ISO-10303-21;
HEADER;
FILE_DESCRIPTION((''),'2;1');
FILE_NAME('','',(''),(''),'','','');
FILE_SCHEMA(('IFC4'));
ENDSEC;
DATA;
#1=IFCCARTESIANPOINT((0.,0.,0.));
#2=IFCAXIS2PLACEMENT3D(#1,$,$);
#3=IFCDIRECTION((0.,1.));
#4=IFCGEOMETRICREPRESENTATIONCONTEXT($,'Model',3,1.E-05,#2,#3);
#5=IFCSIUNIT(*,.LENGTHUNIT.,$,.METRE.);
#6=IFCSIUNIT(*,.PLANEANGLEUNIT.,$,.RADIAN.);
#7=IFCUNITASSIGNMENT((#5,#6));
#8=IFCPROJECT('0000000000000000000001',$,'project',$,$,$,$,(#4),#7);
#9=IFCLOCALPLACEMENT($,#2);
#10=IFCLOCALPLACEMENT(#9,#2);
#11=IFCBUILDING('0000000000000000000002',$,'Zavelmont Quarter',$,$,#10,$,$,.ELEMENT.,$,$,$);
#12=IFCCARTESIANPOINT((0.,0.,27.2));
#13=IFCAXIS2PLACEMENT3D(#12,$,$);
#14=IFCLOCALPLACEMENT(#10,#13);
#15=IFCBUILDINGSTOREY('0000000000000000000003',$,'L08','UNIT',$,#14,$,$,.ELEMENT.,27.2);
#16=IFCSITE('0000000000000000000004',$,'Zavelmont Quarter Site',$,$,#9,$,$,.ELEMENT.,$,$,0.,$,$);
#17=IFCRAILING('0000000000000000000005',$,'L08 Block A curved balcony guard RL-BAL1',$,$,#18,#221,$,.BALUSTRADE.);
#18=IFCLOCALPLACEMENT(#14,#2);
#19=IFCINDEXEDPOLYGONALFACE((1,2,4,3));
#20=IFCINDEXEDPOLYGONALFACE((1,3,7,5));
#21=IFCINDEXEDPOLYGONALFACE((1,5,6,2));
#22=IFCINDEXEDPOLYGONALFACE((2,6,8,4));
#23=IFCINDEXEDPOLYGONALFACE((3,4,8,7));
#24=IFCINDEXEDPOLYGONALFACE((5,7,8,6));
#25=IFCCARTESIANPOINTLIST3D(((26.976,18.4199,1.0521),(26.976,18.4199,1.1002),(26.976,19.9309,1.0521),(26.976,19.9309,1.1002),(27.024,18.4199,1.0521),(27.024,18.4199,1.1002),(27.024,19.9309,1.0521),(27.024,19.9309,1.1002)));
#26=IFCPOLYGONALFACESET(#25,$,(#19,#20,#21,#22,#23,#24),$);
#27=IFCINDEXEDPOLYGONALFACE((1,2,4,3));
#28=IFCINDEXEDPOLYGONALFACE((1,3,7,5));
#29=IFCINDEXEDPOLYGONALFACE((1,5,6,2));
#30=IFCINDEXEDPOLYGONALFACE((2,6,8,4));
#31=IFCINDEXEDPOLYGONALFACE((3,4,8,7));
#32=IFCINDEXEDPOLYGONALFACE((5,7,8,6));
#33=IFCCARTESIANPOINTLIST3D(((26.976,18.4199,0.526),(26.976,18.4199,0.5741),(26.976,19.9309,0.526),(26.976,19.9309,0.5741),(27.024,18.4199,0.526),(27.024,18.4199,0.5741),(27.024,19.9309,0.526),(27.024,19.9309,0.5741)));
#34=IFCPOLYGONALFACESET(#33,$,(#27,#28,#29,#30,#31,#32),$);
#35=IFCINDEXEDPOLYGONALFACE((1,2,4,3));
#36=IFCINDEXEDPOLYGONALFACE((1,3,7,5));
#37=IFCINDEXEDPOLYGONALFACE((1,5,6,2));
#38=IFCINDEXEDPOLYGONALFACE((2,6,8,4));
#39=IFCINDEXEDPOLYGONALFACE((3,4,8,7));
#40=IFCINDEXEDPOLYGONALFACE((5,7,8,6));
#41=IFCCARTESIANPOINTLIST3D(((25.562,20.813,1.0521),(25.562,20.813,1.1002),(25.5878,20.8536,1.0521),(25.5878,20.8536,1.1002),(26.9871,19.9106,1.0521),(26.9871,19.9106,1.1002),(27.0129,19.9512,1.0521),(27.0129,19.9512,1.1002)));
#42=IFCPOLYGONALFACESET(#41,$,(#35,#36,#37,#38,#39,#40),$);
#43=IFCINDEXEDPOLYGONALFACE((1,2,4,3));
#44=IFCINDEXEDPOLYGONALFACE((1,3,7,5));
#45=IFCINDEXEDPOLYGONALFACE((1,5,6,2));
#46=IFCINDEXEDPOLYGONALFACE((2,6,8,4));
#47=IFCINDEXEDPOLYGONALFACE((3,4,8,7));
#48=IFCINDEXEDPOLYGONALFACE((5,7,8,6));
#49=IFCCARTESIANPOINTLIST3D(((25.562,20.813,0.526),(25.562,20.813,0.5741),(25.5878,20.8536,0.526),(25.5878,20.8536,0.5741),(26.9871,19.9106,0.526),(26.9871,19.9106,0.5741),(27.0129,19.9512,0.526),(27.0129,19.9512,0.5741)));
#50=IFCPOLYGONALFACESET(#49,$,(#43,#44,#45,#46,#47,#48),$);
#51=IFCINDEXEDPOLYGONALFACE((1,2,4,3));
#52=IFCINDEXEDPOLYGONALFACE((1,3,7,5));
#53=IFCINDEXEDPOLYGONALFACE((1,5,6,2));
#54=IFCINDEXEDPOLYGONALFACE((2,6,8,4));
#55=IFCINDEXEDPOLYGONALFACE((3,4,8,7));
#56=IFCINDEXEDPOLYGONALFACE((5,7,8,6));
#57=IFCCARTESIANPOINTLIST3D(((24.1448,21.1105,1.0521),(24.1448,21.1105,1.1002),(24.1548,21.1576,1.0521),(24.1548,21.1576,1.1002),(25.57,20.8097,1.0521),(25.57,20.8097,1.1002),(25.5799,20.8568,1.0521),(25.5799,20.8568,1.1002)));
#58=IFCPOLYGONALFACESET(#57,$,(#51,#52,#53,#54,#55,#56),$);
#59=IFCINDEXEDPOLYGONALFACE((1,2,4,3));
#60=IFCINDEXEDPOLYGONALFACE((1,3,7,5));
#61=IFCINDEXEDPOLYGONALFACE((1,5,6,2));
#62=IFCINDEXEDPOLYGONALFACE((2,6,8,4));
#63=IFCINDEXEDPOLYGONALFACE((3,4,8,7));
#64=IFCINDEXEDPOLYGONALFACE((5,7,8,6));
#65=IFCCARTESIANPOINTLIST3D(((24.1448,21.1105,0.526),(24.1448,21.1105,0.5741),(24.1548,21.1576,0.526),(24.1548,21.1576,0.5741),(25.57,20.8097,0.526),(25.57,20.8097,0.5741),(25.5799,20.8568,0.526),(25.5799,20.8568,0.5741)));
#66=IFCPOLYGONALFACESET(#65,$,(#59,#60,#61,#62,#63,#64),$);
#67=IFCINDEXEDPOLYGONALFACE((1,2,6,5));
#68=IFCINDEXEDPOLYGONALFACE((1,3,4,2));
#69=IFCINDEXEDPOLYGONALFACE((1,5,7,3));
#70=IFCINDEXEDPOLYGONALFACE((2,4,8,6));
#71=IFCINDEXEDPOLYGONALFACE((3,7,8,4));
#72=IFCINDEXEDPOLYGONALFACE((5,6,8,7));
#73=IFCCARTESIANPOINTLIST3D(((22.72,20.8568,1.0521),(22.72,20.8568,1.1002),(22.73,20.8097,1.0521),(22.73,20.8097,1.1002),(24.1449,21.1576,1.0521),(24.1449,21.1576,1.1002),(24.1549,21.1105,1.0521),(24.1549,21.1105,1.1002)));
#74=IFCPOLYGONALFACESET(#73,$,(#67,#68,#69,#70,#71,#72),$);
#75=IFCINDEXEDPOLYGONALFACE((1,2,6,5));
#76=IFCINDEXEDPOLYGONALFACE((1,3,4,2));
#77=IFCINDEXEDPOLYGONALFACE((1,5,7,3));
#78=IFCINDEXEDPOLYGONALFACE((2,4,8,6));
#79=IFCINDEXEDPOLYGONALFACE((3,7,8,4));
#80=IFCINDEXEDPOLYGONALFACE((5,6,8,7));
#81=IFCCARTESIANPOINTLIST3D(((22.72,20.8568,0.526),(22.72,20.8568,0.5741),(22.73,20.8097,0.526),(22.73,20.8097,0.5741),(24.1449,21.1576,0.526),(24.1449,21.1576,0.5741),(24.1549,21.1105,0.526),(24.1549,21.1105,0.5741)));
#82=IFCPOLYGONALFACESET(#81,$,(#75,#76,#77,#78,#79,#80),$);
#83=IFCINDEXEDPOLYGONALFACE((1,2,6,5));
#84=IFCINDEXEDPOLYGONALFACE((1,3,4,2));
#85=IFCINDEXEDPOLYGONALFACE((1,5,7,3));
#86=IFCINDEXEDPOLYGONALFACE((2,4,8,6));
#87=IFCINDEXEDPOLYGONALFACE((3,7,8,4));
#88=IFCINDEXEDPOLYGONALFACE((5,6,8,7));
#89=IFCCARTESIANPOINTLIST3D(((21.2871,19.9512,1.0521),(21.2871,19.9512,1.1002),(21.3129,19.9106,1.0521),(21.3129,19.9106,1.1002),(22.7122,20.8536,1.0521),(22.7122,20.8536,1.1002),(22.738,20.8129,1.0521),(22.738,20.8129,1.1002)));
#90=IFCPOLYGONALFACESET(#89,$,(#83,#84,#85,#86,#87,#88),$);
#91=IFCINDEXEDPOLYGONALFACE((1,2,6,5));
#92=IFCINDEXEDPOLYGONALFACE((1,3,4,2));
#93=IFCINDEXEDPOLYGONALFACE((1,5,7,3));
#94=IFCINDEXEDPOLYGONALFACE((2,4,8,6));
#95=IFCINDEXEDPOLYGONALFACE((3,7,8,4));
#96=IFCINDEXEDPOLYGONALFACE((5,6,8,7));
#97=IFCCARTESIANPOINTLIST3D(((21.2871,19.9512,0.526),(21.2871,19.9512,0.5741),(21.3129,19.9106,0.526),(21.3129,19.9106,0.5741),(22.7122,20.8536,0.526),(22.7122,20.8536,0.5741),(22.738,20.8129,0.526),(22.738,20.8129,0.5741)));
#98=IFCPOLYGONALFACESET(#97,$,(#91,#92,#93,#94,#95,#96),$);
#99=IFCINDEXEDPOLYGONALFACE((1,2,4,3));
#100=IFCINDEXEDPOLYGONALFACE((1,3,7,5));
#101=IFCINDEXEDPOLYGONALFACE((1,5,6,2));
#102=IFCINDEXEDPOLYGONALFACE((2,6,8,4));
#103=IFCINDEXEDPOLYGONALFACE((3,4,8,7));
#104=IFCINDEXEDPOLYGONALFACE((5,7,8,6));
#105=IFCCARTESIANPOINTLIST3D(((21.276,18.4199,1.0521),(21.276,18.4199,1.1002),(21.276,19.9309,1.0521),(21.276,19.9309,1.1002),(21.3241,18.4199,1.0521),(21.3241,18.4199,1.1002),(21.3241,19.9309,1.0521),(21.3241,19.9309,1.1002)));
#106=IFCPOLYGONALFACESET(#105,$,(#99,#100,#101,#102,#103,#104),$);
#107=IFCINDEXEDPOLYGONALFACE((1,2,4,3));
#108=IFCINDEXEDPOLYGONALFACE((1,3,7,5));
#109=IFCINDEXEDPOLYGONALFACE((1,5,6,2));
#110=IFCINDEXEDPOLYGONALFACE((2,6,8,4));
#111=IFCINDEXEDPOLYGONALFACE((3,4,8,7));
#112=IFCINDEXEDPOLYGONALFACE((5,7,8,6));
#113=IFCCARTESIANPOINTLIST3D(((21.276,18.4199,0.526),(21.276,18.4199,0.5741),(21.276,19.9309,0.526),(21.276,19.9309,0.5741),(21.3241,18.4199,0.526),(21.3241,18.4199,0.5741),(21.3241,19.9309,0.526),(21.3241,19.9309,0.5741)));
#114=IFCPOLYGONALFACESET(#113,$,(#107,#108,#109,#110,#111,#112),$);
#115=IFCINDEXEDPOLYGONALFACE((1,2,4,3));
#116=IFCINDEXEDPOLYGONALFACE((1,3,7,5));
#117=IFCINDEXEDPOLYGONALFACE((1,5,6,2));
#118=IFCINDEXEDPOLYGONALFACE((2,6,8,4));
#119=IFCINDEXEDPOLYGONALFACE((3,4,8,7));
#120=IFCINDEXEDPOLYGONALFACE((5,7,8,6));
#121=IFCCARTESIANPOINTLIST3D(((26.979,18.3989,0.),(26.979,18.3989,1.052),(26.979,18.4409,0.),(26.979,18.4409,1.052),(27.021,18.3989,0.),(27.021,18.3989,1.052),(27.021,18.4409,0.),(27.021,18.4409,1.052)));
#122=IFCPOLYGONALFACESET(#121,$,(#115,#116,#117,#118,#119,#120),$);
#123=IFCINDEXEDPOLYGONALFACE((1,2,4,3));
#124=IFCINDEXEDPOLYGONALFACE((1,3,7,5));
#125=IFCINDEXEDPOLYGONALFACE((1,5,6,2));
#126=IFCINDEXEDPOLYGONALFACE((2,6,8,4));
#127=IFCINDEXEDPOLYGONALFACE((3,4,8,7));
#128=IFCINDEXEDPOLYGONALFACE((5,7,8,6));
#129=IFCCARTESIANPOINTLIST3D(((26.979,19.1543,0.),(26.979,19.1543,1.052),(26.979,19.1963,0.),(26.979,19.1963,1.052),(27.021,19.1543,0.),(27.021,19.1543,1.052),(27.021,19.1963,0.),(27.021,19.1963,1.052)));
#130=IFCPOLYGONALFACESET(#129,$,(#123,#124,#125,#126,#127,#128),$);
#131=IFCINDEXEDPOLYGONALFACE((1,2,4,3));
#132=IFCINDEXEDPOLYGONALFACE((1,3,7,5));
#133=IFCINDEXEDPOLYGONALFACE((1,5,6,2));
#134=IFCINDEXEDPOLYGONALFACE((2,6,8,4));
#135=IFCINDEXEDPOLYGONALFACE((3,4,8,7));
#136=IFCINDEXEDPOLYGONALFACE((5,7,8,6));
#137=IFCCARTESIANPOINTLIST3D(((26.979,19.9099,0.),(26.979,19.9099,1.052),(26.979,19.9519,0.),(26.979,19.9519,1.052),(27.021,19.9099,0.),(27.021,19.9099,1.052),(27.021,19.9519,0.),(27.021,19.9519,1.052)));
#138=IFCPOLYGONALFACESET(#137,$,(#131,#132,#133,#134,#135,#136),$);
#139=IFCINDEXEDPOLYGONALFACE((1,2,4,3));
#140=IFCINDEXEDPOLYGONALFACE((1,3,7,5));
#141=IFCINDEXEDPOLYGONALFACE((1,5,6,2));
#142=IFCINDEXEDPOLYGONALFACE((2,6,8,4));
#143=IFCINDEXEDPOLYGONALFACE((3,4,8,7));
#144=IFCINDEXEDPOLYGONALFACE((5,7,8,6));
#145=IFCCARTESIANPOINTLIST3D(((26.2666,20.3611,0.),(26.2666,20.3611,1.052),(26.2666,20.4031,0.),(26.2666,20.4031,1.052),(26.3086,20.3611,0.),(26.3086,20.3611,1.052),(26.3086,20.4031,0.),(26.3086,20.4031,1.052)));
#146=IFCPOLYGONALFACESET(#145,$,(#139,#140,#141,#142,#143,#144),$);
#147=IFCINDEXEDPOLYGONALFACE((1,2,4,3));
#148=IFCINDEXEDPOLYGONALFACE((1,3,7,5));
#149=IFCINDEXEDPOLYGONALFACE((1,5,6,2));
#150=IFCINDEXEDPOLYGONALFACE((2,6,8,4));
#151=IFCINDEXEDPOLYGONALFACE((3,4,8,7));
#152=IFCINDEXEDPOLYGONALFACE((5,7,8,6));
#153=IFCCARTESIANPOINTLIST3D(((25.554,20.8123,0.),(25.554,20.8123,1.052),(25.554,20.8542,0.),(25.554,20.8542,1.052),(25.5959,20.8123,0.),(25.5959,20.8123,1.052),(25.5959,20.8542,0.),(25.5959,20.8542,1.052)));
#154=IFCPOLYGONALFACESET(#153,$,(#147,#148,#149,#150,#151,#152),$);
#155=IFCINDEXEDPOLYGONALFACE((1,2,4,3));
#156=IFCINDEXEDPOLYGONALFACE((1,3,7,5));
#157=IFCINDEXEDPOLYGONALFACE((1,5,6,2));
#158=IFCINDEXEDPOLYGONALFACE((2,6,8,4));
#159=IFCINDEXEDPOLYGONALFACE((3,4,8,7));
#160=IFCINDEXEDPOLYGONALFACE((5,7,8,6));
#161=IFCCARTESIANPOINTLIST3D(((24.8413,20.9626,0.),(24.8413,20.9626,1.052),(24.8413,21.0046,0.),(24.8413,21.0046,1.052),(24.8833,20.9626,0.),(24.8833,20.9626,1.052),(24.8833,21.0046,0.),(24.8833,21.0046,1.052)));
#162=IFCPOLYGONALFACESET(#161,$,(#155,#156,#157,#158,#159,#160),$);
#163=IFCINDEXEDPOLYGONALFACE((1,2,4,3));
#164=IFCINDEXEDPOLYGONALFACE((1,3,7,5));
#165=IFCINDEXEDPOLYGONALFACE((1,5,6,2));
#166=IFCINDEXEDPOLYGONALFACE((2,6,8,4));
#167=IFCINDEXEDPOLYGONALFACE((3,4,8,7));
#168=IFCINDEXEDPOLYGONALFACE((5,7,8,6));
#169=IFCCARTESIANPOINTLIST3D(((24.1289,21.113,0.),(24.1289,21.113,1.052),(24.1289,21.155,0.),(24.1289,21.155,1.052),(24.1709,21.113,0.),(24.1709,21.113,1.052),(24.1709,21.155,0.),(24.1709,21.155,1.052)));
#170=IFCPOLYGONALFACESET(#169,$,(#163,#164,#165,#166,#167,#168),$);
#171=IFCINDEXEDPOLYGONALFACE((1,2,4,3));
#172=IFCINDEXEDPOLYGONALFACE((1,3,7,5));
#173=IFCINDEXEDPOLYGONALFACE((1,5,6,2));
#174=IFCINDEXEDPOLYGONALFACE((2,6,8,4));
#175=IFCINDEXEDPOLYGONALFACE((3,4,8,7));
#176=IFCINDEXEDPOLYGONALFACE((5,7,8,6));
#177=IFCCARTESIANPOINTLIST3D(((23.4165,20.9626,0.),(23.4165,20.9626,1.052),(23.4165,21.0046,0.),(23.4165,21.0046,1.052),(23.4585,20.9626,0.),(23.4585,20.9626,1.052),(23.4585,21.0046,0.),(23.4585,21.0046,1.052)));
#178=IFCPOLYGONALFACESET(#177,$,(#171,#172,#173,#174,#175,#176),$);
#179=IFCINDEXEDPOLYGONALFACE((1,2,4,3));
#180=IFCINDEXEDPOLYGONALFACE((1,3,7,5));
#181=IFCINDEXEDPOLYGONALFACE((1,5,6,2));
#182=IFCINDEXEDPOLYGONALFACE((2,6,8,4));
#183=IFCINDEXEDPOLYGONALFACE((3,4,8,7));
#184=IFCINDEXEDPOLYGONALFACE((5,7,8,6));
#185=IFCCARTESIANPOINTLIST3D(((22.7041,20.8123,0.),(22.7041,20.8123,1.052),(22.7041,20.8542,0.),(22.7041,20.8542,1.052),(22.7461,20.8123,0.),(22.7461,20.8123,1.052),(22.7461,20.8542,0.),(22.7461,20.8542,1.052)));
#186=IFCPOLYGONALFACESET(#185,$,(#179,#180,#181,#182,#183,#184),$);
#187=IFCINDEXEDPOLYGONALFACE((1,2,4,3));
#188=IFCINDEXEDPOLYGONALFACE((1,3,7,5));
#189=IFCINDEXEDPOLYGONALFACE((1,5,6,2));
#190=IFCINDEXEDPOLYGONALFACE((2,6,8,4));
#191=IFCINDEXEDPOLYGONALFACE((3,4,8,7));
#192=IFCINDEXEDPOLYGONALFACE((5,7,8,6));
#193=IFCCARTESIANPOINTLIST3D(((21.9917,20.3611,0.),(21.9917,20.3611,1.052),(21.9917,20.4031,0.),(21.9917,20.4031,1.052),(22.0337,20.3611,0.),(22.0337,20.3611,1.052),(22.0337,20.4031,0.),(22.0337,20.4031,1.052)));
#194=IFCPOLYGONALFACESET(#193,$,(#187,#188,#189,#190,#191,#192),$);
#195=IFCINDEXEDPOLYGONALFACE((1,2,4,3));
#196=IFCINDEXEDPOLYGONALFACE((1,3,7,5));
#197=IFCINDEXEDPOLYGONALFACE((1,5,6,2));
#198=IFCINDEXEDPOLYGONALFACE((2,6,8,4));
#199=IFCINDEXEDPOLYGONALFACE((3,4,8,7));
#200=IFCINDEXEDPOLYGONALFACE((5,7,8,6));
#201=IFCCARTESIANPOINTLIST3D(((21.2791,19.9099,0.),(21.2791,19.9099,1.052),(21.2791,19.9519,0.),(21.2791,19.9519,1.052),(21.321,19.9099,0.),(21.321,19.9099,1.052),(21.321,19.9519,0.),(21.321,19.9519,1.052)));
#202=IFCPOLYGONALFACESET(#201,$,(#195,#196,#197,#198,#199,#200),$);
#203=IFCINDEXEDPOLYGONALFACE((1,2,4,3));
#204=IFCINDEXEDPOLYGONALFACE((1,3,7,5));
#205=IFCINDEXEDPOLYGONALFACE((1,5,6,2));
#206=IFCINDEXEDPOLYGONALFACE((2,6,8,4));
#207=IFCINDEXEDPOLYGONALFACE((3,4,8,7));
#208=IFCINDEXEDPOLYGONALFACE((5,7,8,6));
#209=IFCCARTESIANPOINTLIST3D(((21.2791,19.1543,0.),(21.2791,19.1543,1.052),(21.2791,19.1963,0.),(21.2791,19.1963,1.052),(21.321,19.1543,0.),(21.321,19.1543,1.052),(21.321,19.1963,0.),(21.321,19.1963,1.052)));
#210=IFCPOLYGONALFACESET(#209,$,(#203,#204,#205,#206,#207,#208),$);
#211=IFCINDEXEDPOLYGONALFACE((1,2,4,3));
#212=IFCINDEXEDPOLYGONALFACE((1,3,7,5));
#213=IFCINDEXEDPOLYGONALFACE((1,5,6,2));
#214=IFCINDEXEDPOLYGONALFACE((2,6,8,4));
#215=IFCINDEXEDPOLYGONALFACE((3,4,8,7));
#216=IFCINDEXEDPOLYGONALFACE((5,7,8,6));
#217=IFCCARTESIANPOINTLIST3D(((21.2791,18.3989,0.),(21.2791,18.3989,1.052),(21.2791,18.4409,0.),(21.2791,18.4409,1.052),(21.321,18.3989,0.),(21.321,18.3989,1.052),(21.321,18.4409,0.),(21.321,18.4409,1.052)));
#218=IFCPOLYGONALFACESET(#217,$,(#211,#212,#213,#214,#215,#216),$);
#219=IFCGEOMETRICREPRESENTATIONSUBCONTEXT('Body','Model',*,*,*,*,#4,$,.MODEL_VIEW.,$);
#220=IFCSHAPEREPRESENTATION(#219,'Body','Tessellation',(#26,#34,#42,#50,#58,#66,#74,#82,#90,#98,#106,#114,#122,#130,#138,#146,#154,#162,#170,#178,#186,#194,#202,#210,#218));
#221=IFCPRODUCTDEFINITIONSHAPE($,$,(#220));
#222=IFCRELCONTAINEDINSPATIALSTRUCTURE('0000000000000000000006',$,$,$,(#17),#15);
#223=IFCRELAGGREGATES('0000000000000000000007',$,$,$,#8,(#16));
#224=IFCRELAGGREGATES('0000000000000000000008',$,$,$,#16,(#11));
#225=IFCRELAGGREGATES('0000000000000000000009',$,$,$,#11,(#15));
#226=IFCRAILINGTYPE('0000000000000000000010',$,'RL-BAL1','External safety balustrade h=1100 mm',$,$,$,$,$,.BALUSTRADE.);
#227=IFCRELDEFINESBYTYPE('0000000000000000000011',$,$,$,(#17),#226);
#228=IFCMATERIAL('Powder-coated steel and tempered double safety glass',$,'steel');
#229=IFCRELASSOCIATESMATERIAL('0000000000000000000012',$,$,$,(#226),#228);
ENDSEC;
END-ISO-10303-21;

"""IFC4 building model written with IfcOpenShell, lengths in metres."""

from ifc_helpers import new_model, si_unit, direction, frame, origin, origin_2d, place, context, subcontext, project, spatial, rectangle, extrude, material, type_object, element, save


model = new_model("IFC4")

# Units and contexts
model_context = context("Model", 3, precision=1e-05, world=origin(), true_north=direction((0.0, 1.0)))
body_context = subcontext(model_context, "Body", "Model", "MODEL_VIEW")
ifc_project = project(units=[si_unit("LENGTHUNIT", "METRE"), si_unit("PLANEANGLEUNIT", "RADIAN")], contexts=[model_context])

# Site, building, storey
site_placement = place(None, origin())
site = spatial("IfcSite", under=ifc_project, at=site_placement, Name="Zavelmont Quarter Site", CompositionType="ELEMENT", RefElevation=0.0)
building_placement = place(site_placement, origin())
building = spatial("IfcBuilding", under=site, at=building_placement, Name="Zavelmont Quarter", CompositionType="ELEMENT")
storey_placement = place(building_placement, frame((0.0, 0.0, 27.2)))
storey = spatial("IfcBuildingStorey", under=building, at=storey_placement, Name="L08", Description="UNIT", CompositionType="ELEMENT", Elevation=27.2)

# Railing
ifc_material_1 = material(Name="Powder-coated steel and tempered double safety glass", Category="steel")
railing_type = type_object("IfcRailingType", Name="RL-BAL1", Description="External safety balustrade h=1100 mm", PredefinedType="BALUSTRADE", material=ifc_material_1)
railing_placement = place(storey_placement, frame((27.0, 18.4199, 0.0)))
element("IfcRailing", 1, at=railing_placement, inside=storey, type_object=railing_type, Name="L08 Block A curved balcony guard RL-BAL1", PredefinedType="BALUSTRADE", context=body_context, shape_type="SweptSolid", body=[
    extrude(rectangle(XDim=0.0481, YDim=0.0481, at=origin_2d()), frame((0.0, 0.0, 1.0762), z_axis=(0.0, 1.0, 0.0), x_axis=(-1.0, 0.0, 0.0)), (0.0, 0.0, 1.0), 1.511),
    extrude(rectangle(XDim=0.0481, YDim=0.0481, at=origin_2d()), frame((0.0, 0.0, 0.55), z_axis=(0.0, 1.0, 0.0), x_axis=(-1.0, 0.0, 0.0)), (0.0, 0.0, 1.0), 1.511),
    extrude(rectangle(XDim=0.0481, YDim=0.0481, at=origin_2d()), frame((0.0, 1.511, 1.0762), z_axis=(-0.844869, 0.534973, 0.0), x_axis=(-0.534973, -0.844869, 0.0)), (0.0, 0.0, 1.0), 1.6868),
    extrude(rectangle(XDim=0.0481, YDim=0.0481, at=origin_2d()), frame((0.0, 1.511, 0.55), z_axis=(-0.844869, 0.534973, 0.0), x_axis=(-0.534973, -0.844869, 0.0)), (0.0, 0.0, 1.0), 1.6868),
    extrude(rectangle(XDim=0.0481, YDim=0.0481, at=origin_2d()), frame((-1.425, 2.4133, 1.0762), z_axis=(-0.978443, 0.206517, 0.0), x_axis=(-0.206517, -0.978443, 0.0)), (0.0, 0.0, 1.0), 1.4565),
    extrude(rectangle(XDim=0.0481, YDim=0.0481, at=origin_2d()), frame((-1.425, 2.4133, 0.55), z_axis=(-0.978443, 0.206517, 0.0), x_axis=(-0.206517, -0.978443, 0.0)), (0.0, 0.0, 1.0), 1.4565),
    extrude(rectangle(XDim=0.0481, YDim=0.0481, at=origin_2d()), frame((-2.8501, 2.7141, 1.0762), z_axis=(-0.978436, -0.206551, 0.0), x_axis=(0.206551, -0.978436, 0.0)), (0.0, 0.0, 1.0), 1.4563),
    extrude(rectangle(XDim=0.0481, YDim=0.0481, at=origin_2d()), frame((-2.8501, 2.7141, 0.55), z_axis=(-0.978436, -0.206551, 0.0), x_axis=(0.206551, -0.978436, 0.0)), (0.0, 0.0, 1.0), 1.4563),
    extrude(rectangle(XDim=0.0481, YDim=0.0481, at=origin_2d()), frame((-4.2749, 2.4133, 1.0762), z_axis=(-0.844869, -0.534973, 0.0), x_axis=(0.534973, -0.844869, 0.0)), (0.0, 0.0, 1.0), 1.6868),
    extrude(rectangle(XDim=0.0481, YDim=0.0481, at=origin_2d()), frame((-4.2749, 2.4133, 0.55), z_axis=(-0.844869, -0.534973, 0.0), x_axis=(0.534973, -0.844869, 0.0)), (0.0, 0.0, 1.0), 1.6868),
    extrude(rectangle(XDim=0.0481, YDim=0.0481, at=origin_2d()), frame((-5.7, 1.511, 1.0762), z_axis=(0.0, -1.0, 0.0), x_axis=(1.0, 0.0, 0.0)), (0.0, 0.0, 1.0), 1.511),
    extrude(rectangle(XDim=0.0481, YDim=0.0481, at=origin_2d()), frame((-5.7, 1.511, 0.55), z_axis=(0.0, -1.0, 0.0), x_axis=(1.0, 0.0, 0.0)), (0.0, 0.0, 1.0), 1.511),
    extrude(rectangle(XDim=0.042, YDim=0.042, at=origin_2d()), origin(), (0.0, 0.0, 1.0), 1.052),
    extrude(rectangle(XDim=0.042, YDim=0.042, at=origin_2d()), frame((0.0, 0.7554, 0.0)), (0.0, 0.0, 1.0), 1.052),
    extrude(rectangle(XDim=0.042, YDim=0.042, at=origin_2d()), frame((0.0, 1.511, 0.0)), (0.0, 0.0, 1.0), 1.052),
    extrude(rectangle(XDim=0.042, YDim=0.042, at=origin_2d()), frame((-0.7124, 1.9622, 0.0)), (0.0, 0.0, 1.0), 1.052),
    extrude(rectangle(XDim=0.042, YDim=0.042, at=origin_2d()), frame((-1.425, 2.4133, 0.0)), (0.0, 0.0, 1.0), 1.052),
    extrude(rectangle(XDim=0.042, YDim=0.042, at=origin_2d()), frame((-2.1377, 2.5637, 0.0)), (0.0, 0.0, 1.0), 1.052),
    extrude(rectangle(XDim=0.042, YDim=0.042, at=origin_2d()), frame((-2.8501, 2.7141, 0.0)), (0.0, 0.0, 1.0), 1.052),
    extrude(rectangle(XDim=0.042, YDim=0.042, at=origin_2d()), frame((-3.5625, 2.5637, 0.0)), (0.0, 0.0, 1.0), 1.052),
    extrude(rectangle(XDim=0.042, YDim=0.042, at=origin_2d()), frame((-4.2749, 2.4133, 0.0)), (0.0, 0.0, 1.0), 1.052),
    extrude(rectangle(XDim=0.042, YDim=0.042, at=origin_2d()), frame((-4.9873, 1.9622, 0.0)), (0.0, 0.0, 1.0), 1.052),
    extrude(rectangle(XDim=0.042, YDim=0.042, at=origin_2d()), frame((-5.7, 1.511, 0.0)), (0.0, 0.0, 1.0), 1.052),
    extrude(rectangle(XDim=0.042, YDim=0.042, at=origin_2d()), frame((-5.7, 0.7554, 0.0)), (0.0, 0.0, 1.0), 1.052),
    extrude(rectangle(XDim=0.042, YDim=0.042, at=origin_2d()), frame((-5.7, 0.0, 0.0)), (0.0, 0.0, 1.0), 1.052),
])

save(model, "model.ifc")
